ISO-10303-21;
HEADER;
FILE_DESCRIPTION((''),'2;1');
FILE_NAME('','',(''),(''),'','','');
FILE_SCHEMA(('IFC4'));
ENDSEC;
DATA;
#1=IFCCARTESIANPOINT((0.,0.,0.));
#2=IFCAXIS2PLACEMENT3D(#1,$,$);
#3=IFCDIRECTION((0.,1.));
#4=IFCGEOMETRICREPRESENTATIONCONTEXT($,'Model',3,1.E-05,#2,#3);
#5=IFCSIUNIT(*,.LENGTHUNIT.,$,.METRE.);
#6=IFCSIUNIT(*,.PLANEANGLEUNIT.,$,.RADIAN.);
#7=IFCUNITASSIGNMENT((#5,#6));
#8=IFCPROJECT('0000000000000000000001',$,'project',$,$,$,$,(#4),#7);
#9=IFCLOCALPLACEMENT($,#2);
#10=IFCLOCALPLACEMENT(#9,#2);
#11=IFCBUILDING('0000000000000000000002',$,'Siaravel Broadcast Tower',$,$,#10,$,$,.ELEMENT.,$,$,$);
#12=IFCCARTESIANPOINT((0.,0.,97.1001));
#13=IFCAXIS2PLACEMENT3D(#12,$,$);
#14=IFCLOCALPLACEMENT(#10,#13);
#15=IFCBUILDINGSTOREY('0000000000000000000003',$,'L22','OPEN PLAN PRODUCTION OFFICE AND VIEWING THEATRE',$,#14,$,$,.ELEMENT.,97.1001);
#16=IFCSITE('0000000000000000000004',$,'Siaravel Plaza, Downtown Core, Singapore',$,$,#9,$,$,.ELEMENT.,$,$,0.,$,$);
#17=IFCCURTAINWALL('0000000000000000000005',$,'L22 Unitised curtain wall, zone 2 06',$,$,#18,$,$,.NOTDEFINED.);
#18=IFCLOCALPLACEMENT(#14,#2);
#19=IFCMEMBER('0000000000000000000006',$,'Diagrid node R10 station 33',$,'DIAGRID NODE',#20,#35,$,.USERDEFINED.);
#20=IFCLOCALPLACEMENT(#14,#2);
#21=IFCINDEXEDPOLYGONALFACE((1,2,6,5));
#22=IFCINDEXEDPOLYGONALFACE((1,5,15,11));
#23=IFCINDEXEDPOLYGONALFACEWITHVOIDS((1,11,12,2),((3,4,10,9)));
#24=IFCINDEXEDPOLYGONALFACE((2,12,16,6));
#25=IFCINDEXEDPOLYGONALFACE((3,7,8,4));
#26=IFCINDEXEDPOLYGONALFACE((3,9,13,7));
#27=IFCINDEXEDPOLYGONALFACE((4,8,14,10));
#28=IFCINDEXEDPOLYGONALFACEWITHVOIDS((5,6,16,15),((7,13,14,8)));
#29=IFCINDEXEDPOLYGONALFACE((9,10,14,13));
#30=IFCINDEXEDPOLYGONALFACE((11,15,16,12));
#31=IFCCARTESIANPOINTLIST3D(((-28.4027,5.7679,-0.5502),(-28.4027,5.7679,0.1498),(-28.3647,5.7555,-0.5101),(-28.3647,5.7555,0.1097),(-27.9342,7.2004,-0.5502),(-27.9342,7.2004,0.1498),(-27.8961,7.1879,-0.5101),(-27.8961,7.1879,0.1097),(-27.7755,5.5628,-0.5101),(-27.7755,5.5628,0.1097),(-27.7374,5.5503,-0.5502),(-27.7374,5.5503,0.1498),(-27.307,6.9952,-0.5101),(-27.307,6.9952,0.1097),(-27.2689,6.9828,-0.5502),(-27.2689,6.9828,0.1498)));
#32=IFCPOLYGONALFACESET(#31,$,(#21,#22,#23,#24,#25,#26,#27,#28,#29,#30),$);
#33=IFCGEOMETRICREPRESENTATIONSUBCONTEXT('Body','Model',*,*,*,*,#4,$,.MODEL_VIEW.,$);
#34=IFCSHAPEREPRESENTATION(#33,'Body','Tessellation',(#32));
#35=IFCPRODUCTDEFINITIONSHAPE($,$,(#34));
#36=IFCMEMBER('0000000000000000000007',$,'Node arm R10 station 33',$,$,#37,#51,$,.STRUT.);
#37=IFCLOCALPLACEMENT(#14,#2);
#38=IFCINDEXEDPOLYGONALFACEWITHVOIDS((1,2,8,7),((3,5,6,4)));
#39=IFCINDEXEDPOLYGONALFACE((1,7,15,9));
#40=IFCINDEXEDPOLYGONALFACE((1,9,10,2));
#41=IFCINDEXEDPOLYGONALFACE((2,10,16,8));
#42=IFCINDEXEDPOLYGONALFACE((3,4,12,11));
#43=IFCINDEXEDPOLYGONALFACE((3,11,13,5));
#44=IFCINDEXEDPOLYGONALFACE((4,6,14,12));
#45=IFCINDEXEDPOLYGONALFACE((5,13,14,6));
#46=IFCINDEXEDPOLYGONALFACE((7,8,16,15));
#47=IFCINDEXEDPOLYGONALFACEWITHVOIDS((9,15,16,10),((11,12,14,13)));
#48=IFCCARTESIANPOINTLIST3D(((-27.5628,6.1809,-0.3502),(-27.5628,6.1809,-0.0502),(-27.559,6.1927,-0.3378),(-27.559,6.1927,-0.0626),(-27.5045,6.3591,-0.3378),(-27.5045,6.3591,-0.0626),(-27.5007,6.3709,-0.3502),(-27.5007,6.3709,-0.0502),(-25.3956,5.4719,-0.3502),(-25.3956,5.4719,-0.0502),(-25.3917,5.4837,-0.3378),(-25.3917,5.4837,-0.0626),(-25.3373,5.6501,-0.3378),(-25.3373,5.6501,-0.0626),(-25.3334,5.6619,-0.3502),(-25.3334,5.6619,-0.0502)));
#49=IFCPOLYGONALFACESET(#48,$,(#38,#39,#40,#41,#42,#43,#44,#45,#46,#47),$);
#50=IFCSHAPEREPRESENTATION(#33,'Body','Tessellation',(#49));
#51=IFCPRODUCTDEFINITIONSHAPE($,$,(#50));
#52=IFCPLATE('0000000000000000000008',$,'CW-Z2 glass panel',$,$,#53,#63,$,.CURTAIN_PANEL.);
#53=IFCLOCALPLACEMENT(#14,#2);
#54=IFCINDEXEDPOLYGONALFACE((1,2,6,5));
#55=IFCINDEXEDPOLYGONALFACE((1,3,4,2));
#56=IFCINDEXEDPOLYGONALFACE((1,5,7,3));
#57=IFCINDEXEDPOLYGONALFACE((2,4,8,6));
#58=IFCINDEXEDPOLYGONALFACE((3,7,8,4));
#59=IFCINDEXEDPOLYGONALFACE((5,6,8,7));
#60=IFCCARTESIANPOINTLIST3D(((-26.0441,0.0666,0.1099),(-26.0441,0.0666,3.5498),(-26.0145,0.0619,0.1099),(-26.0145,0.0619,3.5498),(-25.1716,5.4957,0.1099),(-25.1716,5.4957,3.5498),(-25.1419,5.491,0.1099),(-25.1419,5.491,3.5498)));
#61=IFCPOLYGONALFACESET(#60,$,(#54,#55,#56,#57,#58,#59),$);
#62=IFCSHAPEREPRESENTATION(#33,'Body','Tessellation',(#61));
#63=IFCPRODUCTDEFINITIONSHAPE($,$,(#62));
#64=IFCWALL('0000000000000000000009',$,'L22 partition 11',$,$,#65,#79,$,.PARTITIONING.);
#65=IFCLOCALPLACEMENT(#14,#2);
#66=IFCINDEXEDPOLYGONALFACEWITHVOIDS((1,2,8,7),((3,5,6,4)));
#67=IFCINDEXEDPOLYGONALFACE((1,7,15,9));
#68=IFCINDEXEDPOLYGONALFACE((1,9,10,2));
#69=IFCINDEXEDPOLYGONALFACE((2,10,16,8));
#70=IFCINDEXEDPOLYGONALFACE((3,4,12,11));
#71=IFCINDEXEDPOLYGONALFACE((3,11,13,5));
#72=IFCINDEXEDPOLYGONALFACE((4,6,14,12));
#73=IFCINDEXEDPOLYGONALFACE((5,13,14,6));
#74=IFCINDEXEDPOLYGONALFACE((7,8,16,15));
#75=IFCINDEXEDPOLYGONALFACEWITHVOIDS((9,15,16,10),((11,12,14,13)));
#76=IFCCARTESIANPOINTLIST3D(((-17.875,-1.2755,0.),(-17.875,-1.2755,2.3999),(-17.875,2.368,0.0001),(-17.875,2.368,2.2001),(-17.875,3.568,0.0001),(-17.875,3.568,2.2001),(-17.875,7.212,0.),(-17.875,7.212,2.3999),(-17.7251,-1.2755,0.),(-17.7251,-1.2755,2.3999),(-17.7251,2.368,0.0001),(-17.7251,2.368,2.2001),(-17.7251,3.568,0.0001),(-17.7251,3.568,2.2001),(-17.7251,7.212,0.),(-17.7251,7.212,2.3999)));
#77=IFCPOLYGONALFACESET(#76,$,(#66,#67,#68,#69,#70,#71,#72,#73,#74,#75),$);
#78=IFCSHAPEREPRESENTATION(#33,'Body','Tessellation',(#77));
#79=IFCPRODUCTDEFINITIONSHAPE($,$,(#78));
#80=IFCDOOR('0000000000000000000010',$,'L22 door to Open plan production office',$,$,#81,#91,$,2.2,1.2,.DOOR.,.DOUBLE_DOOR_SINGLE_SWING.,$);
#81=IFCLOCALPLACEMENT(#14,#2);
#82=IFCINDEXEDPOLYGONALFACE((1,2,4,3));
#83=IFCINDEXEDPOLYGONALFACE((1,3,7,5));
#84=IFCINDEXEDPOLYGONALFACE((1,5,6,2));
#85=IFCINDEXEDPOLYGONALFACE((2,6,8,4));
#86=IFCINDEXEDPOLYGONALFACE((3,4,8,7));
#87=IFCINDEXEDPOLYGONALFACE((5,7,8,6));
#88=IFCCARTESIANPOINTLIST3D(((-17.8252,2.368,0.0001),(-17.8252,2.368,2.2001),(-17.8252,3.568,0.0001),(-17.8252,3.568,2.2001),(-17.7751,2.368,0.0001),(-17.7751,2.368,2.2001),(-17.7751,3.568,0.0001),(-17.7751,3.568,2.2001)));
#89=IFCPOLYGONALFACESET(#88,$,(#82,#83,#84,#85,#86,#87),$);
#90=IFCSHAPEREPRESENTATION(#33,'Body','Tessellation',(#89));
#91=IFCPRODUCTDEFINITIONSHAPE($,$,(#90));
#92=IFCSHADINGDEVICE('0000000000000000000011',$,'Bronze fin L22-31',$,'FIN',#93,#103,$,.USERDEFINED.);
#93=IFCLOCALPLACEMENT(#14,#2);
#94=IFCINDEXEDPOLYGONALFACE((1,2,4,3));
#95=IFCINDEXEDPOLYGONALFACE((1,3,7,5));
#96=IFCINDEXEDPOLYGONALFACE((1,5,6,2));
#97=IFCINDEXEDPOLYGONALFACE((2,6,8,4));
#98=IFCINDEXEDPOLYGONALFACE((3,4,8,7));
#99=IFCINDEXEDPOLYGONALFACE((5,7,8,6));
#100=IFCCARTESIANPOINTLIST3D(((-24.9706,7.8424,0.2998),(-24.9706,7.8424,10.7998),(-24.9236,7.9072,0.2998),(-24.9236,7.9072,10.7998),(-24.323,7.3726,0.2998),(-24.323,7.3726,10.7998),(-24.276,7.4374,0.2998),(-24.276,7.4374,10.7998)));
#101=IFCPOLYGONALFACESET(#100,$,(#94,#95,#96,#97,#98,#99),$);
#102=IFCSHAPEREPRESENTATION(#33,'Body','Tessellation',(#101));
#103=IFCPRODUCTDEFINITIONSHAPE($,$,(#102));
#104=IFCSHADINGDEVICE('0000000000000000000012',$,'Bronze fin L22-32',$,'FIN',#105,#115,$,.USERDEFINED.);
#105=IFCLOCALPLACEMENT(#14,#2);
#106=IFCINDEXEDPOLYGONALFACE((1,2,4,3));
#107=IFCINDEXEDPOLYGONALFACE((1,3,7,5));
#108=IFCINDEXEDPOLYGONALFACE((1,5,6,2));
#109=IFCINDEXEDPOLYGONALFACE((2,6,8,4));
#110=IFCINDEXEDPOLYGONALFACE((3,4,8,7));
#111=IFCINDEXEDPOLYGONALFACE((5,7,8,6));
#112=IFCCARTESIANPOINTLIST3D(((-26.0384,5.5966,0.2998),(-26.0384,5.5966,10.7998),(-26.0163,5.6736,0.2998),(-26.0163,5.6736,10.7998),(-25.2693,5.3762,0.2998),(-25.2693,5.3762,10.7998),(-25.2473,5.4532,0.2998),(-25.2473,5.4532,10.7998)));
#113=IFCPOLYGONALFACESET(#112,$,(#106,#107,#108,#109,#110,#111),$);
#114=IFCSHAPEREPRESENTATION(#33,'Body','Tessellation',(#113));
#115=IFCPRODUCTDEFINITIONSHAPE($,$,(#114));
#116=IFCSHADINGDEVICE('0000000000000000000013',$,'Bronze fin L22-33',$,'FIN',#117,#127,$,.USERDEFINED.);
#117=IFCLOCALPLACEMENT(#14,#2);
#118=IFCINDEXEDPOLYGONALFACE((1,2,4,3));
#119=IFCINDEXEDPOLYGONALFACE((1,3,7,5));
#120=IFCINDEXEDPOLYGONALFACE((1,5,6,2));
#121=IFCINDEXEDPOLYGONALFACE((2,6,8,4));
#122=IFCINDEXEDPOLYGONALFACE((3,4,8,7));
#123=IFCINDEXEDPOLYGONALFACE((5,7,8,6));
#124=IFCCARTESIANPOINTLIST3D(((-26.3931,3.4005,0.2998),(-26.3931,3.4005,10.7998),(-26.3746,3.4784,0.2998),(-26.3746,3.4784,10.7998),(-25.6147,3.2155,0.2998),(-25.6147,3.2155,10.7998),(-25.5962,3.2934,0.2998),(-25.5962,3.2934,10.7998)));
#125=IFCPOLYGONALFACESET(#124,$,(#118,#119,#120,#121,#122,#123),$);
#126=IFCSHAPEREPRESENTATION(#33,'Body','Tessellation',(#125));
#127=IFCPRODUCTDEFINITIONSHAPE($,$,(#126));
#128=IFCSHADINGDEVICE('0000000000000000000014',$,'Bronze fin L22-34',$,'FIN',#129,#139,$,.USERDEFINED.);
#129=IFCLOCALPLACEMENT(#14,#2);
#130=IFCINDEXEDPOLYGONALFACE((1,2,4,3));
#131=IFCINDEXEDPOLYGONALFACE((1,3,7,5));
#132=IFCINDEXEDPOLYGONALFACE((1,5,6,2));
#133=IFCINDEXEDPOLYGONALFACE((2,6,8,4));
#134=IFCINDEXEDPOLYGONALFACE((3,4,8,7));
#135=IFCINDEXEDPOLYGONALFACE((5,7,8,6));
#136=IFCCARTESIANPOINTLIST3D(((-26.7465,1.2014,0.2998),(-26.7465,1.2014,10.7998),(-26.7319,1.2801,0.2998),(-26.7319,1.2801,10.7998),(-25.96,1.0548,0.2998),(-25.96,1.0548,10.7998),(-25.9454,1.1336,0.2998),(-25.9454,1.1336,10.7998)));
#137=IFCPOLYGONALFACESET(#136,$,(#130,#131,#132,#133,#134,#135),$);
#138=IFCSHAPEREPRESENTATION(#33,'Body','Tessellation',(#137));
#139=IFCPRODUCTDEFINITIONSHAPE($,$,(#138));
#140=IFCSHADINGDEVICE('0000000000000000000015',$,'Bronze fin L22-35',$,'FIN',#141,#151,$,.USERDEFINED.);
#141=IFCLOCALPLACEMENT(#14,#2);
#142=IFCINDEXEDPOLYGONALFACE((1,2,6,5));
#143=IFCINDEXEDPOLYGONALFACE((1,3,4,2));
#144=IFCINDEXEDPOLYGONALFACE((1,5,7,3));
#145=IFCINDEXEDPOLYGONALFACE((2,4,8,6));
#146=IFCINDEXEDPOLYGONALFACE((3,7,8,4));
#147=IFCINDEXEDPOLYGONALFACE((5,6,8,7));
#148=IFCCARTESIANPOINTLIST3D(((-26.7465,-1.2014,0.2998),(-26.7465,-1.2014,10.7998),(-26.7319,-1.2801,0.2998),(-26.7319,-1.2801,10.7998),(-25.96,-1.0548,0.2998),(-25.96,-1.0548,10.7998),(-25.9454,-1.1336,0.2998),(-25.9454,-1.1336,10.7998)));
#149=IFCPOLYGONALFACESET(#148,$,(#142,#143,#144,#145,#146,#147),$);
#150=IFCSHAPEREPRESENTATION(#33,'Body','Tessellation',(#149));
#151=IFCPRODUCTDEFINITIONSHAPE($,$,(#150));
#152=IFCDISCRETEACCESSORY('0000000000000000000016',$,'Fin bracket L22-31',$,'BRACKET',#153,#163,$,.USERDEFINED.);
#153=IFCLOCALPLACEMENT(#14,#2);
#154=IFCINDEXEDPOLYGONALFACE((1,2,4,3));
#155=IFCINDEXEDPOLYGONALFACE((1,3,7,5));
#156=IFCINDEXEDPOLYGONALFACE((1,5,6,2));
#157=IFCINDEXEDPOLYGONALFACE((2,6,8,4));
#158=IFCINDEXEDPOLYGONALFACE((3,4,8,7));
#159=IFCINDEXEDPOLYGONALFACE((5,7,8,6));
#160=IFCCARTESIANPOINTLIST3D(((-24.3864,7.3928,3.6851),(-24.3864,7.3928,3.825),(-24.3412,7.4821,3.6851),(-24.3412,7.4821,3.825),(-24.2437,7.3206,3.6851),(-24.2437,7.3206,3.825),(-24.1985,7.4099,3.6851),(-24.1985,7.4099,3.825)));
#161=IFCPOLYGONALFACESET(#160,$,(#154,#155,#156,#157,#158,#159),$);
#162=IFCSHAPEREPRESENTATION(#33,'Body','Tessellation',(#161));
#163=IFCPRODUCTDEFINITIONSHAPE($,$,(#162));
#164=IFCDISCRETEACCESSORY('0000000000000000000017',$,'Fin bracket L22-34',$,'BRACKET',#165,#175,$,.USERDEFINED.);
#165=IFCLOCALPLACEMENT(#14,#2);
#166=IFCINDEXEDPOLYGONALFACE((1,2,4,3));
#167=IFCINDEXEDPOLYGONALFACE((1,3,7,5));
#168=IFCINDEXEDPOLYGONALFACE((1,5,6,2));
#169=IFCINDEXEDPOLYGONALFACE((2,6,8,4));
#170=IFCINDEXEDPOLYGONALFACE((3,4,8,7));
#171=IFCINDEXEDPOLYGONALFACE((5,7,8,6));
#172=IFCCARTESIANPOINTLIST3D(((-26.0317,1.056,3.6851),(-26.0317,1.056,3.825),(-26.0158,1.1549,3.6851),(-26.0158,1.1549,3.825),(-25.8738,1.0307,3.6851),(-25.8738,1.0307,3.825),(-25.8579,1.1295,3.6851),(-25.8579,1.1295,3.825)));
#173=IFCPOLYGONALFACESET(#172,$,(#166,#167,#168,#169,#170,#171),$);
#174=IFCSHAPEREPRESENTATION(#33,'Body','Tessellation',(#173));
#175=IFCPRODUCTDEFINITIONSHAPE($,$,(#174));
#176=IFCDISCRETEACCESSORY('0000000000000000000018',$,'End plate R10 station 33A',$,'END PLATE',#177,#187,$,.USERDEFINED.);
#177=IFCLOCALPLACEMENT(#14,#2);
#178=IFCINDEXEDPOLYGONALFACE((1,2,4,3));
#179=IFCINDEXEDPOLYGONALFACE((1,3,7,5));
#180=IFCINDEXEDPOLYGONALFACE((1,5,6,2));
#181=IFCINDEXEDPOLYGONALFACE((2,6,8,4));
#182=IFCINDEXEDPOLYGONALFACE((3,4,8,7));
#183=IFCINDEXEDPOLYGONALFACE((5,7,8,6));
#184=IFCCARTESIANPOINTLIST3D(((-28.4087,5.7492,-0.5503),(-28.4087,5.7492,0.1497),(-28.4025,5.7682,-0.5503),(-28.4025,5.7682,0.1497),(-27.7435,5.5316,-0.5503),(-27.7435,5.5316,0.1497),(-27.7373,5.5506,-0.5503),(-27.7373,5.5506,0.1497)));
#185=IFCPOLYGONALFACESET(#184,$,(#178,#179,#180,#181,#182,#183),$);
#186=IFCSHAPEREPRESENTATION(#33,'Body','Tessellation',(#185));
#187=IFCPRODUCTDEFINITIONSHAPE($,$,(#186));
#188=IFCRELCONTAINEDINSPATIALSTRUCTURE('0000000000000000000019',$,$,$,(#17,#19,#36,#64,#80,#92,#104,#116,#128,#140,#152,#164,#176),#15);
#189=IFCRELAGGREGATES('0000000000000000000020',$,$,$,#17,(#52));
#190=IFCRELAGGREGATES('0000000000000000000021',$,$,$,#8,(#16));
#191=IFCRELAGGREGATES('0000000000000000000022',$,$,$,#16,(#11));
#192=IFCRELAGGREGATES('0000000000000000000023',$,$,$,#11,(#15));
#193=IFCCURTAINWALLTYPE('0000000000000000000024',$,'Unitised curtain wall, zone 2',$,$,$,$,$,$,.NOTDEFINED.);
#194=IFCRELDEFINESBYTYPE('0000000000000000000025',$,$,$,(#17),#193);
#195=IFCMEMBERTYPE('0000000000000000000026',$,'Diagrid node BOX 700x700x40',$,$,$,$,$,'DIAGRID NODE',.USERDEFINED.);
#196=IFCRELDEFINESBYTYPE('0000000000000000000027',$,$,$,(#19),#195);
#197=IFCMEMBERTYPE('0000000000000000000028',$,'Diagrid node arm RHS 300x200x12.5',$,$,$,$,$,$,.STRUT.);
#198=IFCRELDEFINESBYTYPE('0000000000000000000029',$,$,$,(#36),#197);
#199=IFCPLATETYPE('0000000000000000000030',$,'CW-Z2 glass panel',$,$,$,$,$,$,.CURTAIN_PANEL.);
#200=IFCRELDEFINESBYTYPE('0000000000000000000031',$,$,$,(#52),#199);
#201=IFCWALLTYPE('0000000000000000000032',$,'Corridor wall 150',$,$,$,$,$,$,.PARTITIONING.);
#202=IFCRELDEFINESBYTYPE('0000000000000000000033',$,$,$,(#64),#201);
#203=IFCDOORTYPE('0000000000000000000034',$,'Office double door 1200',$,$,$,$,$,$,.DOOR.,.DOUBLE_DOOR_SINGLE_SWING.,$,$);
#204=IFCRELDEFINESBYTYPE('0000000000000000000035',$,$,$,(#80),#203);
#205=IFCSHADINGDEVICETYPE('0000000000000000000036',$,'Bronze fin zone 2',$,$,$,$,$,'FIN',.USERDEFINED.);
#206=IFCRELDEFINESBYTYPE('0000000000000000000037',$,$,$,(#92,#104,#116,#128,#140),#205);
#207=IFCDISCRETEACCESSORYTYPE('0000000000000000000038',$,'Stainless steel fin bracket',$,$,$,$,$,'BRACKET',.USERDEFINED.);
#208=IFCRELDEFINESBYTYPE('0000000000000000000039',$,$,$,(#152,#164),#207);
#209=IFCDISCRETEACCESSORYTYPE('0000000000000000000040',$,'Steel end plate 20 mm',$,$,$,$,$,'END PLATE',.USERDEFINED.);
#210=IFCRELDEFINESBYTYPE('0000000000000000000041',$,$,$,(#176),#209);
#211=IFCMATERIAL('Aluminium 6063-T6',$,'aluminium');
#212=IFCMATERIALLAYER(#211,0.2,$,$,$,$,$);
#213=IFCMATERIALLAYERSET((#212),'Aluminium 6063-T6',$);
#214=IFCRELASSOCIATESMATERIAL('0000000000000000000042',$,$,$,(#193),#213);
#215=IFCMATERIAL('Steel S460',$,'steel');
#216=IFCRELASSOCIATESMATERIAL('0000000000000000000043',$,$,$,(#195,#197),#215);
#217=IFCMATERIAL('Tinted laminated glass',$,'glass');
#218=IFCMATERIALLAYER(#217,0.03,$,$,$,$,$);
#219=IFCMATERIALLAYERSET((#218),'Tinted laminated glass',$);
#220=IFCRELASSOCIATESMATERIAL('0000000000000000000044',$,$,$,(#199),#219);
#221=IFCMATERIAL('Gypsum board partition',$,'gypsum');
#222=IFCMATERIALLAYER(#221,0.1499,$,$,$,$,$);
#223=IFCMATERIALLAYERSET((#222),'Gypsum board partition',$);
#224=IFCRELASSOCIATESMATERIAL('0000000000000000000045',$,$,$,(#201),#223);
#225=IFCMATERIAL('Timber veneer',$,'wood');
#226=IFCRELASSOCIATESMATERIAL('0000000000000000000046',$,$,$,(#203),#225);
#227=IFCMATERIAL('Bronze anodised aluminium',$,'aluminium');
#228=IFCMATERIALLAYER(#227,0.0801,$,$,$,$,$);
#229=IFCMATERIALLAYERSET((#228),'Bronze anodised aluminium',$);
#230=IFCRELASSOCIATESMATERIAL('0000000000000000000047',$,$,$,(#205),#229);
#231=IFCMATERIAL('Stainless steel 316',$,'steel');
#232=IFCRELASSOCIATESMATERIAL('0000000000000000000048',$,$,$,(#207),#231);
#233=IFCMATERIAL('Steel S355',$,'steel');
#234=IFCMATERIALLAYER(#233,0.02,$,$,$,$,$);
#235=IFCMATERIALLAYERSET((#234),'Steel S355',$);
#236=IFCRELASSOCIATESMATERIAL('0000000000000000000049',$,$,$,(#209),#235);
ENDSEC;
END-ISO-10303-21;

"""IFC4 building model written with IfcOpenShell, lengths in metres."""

from ifc_helpers import new_model, si_unit, direction, frame, frame_2d, origin, origin_2d, place, context, subcontext, project, spatial, rectangle, hollow_rectangle, extrude, material, layer, layer_set, material_profile, profile_set, type_object, element, fill, aggregate, save


model = new_model("IFC4")

# Units and contexts
model_context = context("Model", 3, precision=1e-05, world=origin(), true_north=direction((0.0, 1.0)))
body_context = subcontext(model_context, "Body", "Model", "MODEL_VIEW")
ifc_project = project(units=[si_unit("LENGTHUNIT", "METRE"), si_unit("PLANEANGLEUNIT", "RADIAN")], contexts=[model_context])

# Site, building, storey
site_placement = place(None, origin())
site = spatial("IfcSite", under=ifc_project, at=site_placement, Name="Siaravel Plaza, Downtown Core, Singapore", CompositionType="ELEMENT", RefElevation=0.0)
building_placement = place(site_placement, origin())
building = spatial("IfcBuilding", under=site, at=building_placement, Name="Siaravel Broadcast Tower", CompositionType="ELEMENT")
storey_placement = place(building_placement, frame((0.0, 0.0, 97.1001)))
storey = spatial("IfcBuildingStorey", under=building, at=storey_placement, Name="L22", Description="OPEN PLAN PRODUCTION OFFICE AND VIEWING THEATRE", CompositionType="ELEMENT", Elevation=97.1001)

# Shared definitions
ifc_material_1 = material(Name="Steel S355", Category="steel")

# Curtain wall
ifc_material_2 = material(Name="Aluminium 6063-T6", Category="aluminium")
ifc_layer_1 = layer(ifc_material_2, 0.2)
ifc_layer_set_1 = layer_set([ifc_layer_1], Name="Aluminium 6063-T6")
curtain_wall_type = type_object("IfcCurtainWallType", Name="Unitised curtain wall, zone 2", PredefinedType="NOTDEFINED", material=ifc_layer_set_1)
curtain_wall_1_placement = place(storey_placement, origin())
curtain_wall_1 = element("IfcCurtainWall", 1, at=curtain_wall_1_placement, inside=storey, type_object=curtain_wall_type, Name="L22 Unitised curtain wall, zone 2 06", PredefinedType="NOTDEFINED")

# Members
ifc_material_3 = material(Name="Steel S460", Category="steel")
ifc_material_profile_1 = material_profile(ifc_material_3, hollow_rectangle(XDim=0.7, YDim=0.7, WallThickness=0.04, at=origin_2d()))
ifc_profile_set_1 = profile_set([ifc_material_profile_1], Name="Steel S460")
member_type_1 = type_object("IfcMemberType", Name="Diagrid node BOX 700x700x40", ElementType="DIAGRID NODE", PredefinedType="USERDEFINED", material=ifc_profile_set_1)
member_1_placement = place(storey_placement, frame((-27.6016, 7.0916, -0.2002), z_axis=(-0.310877, -0.95045, 0.0), x_axis=(0.95045, -0.310877, 0.0)))
element("IfcMember", 2, at=member_1_placement, inside=storey, type_object=member_type_1, Name="Diagrid node R10 station 33", ObjectType="DIAGRID NODE", PredefinedType="USERDEFINED", context=body_context, shape_type="SweptSolid", body=[
    extrude(hollow_rectangle(XDim=0.7, YDim=0.7, WallThickness=0.04, at=origin_2d()), origin(), (0.0, 0.0, 1.0), 1.5071),
])
ifc_material_profile_2 = material_profile(ifc_material_3, hollow_rectangle(XDim=0.2, YDim=0.3, WallThickness=0.0125, at=origin_2d()))
ifc_profile_set_2 = profile_set([ifc_material_profile_2], Name="Steel S460")
member_type_2 = type_object("IfcMemberType", Name="Diagrid node arm RHS 300x200x12.5", PredefinedType="STRUT", material=ifc_profile_set_2)
member_2_placement = place(storey_placement, frame((-25.3645, 5.5669, -0.2002), z_axis=(-0.950435, 0.310923, 0.0), x_axis=(-0.310923, -0.950435, 0.0)))
element("IfcMember", 3, at=member_2_placement, inside=storey, type_object=member_type_2, Name="Node arm R10 station 33", PredefinedType="STRUT", context=body_context, shape_type="SweptSolid", body=[
    extrude(hollow_rectangle(XDim=0.2, YDim=0.3, WallThickness=0.0125, at=origin_2d()), origin(), (0.0, 0.0, 1.0), 2.2803),
])

# Plate
ifc_material_4 = material(Name="Tinted laminated glass", Category="glass")
ifc_layer_2 = layer(ifc_material_4, 0.03)
ifc_layer_set_2 = layer_set([ifc_layer_2], Name="Tinted laminated glass")
plate_type = type_object("IfcPlateType", Name="CW-Z2 glass panel", PredefinedType="CURTAIN_PANEL", material=ifc_layer_set_2)
plate_placement = place(storey_placement, frame((-25.593, 2.7788, 0.1099), z_axis=(0.0, 0.0, 1.0), x_axis=(-0.158686, -0.987329, 0.0)))
plate = element("IfcPlate", 4, at=plate_placement, type_object=plate_type, Name="CW-Z2 glass panel", PredefinedType="CURTAIN_PANEL", context=body_context, shape_type="SweptSolid", body=[
    extrude(rectangle(XDim=5.4988, YDim=0.03, at=origin_2d()), origin(), (0.0, 0.0, 1.0), 3.4399),
])
aggregate(curtain_wall_1, [plate])

# Wall, opening, door
ifc_material_5 = material(Name="Gypsum board partition", Category="gypsum")
ifc_layer_3 = layer(ifc_material_5, 0.1499)
ifc_layer_set_3 = layer_set([ifc_layer_3], Name="Gypsum board partition")
wall_type = type_object("IfcWallType", Name="Corridor wall 150", PredefinedType="PARTITIONING", material=ifc_layer_set_3)
wall_placement = place(storey_placement, frame((-17.8, 7.2119, 0.0), z_axis=(0.0, 0.0, 1.0), x_axis=(0.0, -1.0, 0.0)))
wall = element("IfcWall", 5, at=wall_placement, inside=storey, type_object=wall_type, Name="L22 partition 11", PredefinedType="PARTITIONING", context=body_context, shape_type="SweptSolid", body=[
    extrude(rectangle(XDim=8.4875, YDim=0.1499, at=frame_2d((4.2437, 0.0))), origin(), (0.0, 0.0, 1.0), 2.3999),
])
opening_placement = place(wall_placement, frame((3.6438, 0.0, 0.0)))
opening = element("IfcOpeningElement", 6, at=opening_placement, cuts=wall, PredefinedType="OPENING", context=body_context, shape_type="SweptSolid", body=[
    extrude(rectangle(XDim=1.2, YDim=2.2, at=frame_2d((0.6001, 1.1001))), frame((0.0, 0.085, 0.0), z_axis=(0.0, -1.0, 0.0), x_axis=(1.0, 0.0, 0.0)), (0.0, 0.0, 1.0), 0.1699),
])
ifc_material_6 = material(Name="Timber veneer", Category="wood")
door_type = type_object("IfcDoorType", Name="Office double door 1200", OperationType="DOUBLE_DOOR_SINGLE_SWING", PredefinedType="DOOR", material=ifc_material_6)
door_placement = place(opening_placement, origin())
door = element("IfcDoor", 7, at=door_placement, inside=storey, type_object=door_type, Name="L22 door to Open plan production office", OperationType="DOUBLE_DOOR_SINGLE_SWING", OverallHeight=2.2, OverallWidth=1.2, PredefinedType="DOOR", context=body_context, shape_type="SweptSolid", body=[
    extrude(rectangle(XDim=1.2, YDim=2.2, at=frame_2d((0.6001, 1.1001))), frame((0.0, 0.0249, 0.0), z_axis=(0.0, -1.0, 0.0), x_axis=(1.0, 0.0, 0.0)), (0.0, 0.0, 1.0), 0.05),
])
fill(opening, door)

# Shading devices
ifc_material_7 = material(Name="Bronze anodised aluminium", Category="aluminium")
ifc_layer_4 = layer(ifc_material_7, 0.0801)
ifc_layer_set_4 = layer_set([ifc_layer_4], Name="Bronze anodised aluminium")
shading_device_type = type_object("IfcShadingDeviceType", Name="Bronze fin zone 2", ElementType="FIN", PredefinedType="USERDEFINED", material=ifc_layer_set_4)
for number, where, z_axis, x_axis, name in (
    (8, (-24.6233, 7.6399, 0.2998), (0.0, 0.0, 1.0), (-0.809425, 0.587223, 0.0), "Bronze fin L22-31"),
    (9, (-25.6428, 5.5249, 0.2998), (0.0, 0.0, 1.0), (-0.961291, 0.275535, 0.0), "Bronze fin L22-32"),
    (10, (-25.9946, 3.3469, 0.2998), (0.0, 0.0, 1.0), (-0.9729, 0.231228, 0.0), "Bronze fin L22-33"),
    (11, (-26.3459, 1.1675, 0.2998), (0.0, 0.0, 1.0), (-0.983081, 0.183169, 0.0), "Bronze fin L22-34"),
    (12, (-26.3459, -1.1675, 0.2998), (0.0, 0.0, 1.0), (-0.983081, -0.183169, 0.0), "Bronze fin L22-35"),
):
    element("IfcShadingDevice", number, at=place(storey_placement, frame(where, z_axis=z_axis, x_axis=x_axis)), inside=storey, type_object=shading_device_type, Name=name, ObjectType="FIN", PredefinedType="USERDEFINED", context=body_context, shape_type="SweptSolid", body=[
        extrude(rectangle(XDim=0.8, YDim=0.0801, at=origin_2d()), origin(), (0.0, 0.0, 1.0), 10.5),
    ])

# Discrete accessories
ifc_material_8 = material(Name="Stainless steel 316", Category="steel")
discrete_accessory_type_1 = type_object("IfcDiscreteAccessoryType", Name="Stainless steel fin bracket", ElementType="BRACKET", PredefinedType="USERDEFINED", material=ifc_material_8)
for number, where, z_axis, x_axis, name in (
    (13, (-24.2925, 7.4014, 3.6851), (0.0, 0.0, 1.0), (-0.892392, 0.451261, 0.0), "Fin bracket L22-31"),
    (14, (-25.9448, 1.0928, 3.6851), (0.0, 0.0, 1.0), (-0.987329, 0.158685, 0.0), "Fin bracket L22-34"),
):
    element("IfcDiscreteAccessory", number, at=place(storey_placement, frame(where, z_axis=z_axis, x_axis=x_axis)), inside=storey, type_object=discrete_accessory_type_1, Name=name, ObjectType="BRACKET", PredefinedType="USERDEFINED", context=body_context, shape_type="SweptSolid", body=[
        extrude(rectangle(XDim=0.1599, YDim=0.1001, at=origin_2d()), origin(), (0.0, 0.0, 1.0), 0.1399),
    ])
ifc_layer_5 = layer(ifc_material_1, 0.02)
ifc_layer_set_5 = layer_set([ifc_layer_5], Name="Steel S355")
discrete_accessory_type_2 = type_object("IfcDiscreteAccessoryType", Name="Steel end plate 20 mm", ElementType="END PLATE", PredefinedType="USERDEFINED", material=ifc_layer_set_5)
for number, where, z_axis, x_axis, name in (
    (15, (-28.073, 5.6499, -0.5503), (0.0, 0.0, 1.0), (-0.310909, -0.95044, 0.0), "End plate R10 station 33A"),
):
    element("IfcDiscreteAccessory", number, at=place(storey_placement, frame(where, z_axis=z_axis, x_axis=x_axis)), inside=storey, type_object=discrete_accessory_type_2, Name=name, ObjectType="END PLATE", PredefinedType="USERDEFINED", context=body_context, shape_type="SweptSolid", body=[
        extrude(rectangle(XDim=0.02, YDim=0.7, at=origin_2d()), origin(), (0.0, 0.0, 1.0), 0.7),
    ])

save(model, "model.ifc")
